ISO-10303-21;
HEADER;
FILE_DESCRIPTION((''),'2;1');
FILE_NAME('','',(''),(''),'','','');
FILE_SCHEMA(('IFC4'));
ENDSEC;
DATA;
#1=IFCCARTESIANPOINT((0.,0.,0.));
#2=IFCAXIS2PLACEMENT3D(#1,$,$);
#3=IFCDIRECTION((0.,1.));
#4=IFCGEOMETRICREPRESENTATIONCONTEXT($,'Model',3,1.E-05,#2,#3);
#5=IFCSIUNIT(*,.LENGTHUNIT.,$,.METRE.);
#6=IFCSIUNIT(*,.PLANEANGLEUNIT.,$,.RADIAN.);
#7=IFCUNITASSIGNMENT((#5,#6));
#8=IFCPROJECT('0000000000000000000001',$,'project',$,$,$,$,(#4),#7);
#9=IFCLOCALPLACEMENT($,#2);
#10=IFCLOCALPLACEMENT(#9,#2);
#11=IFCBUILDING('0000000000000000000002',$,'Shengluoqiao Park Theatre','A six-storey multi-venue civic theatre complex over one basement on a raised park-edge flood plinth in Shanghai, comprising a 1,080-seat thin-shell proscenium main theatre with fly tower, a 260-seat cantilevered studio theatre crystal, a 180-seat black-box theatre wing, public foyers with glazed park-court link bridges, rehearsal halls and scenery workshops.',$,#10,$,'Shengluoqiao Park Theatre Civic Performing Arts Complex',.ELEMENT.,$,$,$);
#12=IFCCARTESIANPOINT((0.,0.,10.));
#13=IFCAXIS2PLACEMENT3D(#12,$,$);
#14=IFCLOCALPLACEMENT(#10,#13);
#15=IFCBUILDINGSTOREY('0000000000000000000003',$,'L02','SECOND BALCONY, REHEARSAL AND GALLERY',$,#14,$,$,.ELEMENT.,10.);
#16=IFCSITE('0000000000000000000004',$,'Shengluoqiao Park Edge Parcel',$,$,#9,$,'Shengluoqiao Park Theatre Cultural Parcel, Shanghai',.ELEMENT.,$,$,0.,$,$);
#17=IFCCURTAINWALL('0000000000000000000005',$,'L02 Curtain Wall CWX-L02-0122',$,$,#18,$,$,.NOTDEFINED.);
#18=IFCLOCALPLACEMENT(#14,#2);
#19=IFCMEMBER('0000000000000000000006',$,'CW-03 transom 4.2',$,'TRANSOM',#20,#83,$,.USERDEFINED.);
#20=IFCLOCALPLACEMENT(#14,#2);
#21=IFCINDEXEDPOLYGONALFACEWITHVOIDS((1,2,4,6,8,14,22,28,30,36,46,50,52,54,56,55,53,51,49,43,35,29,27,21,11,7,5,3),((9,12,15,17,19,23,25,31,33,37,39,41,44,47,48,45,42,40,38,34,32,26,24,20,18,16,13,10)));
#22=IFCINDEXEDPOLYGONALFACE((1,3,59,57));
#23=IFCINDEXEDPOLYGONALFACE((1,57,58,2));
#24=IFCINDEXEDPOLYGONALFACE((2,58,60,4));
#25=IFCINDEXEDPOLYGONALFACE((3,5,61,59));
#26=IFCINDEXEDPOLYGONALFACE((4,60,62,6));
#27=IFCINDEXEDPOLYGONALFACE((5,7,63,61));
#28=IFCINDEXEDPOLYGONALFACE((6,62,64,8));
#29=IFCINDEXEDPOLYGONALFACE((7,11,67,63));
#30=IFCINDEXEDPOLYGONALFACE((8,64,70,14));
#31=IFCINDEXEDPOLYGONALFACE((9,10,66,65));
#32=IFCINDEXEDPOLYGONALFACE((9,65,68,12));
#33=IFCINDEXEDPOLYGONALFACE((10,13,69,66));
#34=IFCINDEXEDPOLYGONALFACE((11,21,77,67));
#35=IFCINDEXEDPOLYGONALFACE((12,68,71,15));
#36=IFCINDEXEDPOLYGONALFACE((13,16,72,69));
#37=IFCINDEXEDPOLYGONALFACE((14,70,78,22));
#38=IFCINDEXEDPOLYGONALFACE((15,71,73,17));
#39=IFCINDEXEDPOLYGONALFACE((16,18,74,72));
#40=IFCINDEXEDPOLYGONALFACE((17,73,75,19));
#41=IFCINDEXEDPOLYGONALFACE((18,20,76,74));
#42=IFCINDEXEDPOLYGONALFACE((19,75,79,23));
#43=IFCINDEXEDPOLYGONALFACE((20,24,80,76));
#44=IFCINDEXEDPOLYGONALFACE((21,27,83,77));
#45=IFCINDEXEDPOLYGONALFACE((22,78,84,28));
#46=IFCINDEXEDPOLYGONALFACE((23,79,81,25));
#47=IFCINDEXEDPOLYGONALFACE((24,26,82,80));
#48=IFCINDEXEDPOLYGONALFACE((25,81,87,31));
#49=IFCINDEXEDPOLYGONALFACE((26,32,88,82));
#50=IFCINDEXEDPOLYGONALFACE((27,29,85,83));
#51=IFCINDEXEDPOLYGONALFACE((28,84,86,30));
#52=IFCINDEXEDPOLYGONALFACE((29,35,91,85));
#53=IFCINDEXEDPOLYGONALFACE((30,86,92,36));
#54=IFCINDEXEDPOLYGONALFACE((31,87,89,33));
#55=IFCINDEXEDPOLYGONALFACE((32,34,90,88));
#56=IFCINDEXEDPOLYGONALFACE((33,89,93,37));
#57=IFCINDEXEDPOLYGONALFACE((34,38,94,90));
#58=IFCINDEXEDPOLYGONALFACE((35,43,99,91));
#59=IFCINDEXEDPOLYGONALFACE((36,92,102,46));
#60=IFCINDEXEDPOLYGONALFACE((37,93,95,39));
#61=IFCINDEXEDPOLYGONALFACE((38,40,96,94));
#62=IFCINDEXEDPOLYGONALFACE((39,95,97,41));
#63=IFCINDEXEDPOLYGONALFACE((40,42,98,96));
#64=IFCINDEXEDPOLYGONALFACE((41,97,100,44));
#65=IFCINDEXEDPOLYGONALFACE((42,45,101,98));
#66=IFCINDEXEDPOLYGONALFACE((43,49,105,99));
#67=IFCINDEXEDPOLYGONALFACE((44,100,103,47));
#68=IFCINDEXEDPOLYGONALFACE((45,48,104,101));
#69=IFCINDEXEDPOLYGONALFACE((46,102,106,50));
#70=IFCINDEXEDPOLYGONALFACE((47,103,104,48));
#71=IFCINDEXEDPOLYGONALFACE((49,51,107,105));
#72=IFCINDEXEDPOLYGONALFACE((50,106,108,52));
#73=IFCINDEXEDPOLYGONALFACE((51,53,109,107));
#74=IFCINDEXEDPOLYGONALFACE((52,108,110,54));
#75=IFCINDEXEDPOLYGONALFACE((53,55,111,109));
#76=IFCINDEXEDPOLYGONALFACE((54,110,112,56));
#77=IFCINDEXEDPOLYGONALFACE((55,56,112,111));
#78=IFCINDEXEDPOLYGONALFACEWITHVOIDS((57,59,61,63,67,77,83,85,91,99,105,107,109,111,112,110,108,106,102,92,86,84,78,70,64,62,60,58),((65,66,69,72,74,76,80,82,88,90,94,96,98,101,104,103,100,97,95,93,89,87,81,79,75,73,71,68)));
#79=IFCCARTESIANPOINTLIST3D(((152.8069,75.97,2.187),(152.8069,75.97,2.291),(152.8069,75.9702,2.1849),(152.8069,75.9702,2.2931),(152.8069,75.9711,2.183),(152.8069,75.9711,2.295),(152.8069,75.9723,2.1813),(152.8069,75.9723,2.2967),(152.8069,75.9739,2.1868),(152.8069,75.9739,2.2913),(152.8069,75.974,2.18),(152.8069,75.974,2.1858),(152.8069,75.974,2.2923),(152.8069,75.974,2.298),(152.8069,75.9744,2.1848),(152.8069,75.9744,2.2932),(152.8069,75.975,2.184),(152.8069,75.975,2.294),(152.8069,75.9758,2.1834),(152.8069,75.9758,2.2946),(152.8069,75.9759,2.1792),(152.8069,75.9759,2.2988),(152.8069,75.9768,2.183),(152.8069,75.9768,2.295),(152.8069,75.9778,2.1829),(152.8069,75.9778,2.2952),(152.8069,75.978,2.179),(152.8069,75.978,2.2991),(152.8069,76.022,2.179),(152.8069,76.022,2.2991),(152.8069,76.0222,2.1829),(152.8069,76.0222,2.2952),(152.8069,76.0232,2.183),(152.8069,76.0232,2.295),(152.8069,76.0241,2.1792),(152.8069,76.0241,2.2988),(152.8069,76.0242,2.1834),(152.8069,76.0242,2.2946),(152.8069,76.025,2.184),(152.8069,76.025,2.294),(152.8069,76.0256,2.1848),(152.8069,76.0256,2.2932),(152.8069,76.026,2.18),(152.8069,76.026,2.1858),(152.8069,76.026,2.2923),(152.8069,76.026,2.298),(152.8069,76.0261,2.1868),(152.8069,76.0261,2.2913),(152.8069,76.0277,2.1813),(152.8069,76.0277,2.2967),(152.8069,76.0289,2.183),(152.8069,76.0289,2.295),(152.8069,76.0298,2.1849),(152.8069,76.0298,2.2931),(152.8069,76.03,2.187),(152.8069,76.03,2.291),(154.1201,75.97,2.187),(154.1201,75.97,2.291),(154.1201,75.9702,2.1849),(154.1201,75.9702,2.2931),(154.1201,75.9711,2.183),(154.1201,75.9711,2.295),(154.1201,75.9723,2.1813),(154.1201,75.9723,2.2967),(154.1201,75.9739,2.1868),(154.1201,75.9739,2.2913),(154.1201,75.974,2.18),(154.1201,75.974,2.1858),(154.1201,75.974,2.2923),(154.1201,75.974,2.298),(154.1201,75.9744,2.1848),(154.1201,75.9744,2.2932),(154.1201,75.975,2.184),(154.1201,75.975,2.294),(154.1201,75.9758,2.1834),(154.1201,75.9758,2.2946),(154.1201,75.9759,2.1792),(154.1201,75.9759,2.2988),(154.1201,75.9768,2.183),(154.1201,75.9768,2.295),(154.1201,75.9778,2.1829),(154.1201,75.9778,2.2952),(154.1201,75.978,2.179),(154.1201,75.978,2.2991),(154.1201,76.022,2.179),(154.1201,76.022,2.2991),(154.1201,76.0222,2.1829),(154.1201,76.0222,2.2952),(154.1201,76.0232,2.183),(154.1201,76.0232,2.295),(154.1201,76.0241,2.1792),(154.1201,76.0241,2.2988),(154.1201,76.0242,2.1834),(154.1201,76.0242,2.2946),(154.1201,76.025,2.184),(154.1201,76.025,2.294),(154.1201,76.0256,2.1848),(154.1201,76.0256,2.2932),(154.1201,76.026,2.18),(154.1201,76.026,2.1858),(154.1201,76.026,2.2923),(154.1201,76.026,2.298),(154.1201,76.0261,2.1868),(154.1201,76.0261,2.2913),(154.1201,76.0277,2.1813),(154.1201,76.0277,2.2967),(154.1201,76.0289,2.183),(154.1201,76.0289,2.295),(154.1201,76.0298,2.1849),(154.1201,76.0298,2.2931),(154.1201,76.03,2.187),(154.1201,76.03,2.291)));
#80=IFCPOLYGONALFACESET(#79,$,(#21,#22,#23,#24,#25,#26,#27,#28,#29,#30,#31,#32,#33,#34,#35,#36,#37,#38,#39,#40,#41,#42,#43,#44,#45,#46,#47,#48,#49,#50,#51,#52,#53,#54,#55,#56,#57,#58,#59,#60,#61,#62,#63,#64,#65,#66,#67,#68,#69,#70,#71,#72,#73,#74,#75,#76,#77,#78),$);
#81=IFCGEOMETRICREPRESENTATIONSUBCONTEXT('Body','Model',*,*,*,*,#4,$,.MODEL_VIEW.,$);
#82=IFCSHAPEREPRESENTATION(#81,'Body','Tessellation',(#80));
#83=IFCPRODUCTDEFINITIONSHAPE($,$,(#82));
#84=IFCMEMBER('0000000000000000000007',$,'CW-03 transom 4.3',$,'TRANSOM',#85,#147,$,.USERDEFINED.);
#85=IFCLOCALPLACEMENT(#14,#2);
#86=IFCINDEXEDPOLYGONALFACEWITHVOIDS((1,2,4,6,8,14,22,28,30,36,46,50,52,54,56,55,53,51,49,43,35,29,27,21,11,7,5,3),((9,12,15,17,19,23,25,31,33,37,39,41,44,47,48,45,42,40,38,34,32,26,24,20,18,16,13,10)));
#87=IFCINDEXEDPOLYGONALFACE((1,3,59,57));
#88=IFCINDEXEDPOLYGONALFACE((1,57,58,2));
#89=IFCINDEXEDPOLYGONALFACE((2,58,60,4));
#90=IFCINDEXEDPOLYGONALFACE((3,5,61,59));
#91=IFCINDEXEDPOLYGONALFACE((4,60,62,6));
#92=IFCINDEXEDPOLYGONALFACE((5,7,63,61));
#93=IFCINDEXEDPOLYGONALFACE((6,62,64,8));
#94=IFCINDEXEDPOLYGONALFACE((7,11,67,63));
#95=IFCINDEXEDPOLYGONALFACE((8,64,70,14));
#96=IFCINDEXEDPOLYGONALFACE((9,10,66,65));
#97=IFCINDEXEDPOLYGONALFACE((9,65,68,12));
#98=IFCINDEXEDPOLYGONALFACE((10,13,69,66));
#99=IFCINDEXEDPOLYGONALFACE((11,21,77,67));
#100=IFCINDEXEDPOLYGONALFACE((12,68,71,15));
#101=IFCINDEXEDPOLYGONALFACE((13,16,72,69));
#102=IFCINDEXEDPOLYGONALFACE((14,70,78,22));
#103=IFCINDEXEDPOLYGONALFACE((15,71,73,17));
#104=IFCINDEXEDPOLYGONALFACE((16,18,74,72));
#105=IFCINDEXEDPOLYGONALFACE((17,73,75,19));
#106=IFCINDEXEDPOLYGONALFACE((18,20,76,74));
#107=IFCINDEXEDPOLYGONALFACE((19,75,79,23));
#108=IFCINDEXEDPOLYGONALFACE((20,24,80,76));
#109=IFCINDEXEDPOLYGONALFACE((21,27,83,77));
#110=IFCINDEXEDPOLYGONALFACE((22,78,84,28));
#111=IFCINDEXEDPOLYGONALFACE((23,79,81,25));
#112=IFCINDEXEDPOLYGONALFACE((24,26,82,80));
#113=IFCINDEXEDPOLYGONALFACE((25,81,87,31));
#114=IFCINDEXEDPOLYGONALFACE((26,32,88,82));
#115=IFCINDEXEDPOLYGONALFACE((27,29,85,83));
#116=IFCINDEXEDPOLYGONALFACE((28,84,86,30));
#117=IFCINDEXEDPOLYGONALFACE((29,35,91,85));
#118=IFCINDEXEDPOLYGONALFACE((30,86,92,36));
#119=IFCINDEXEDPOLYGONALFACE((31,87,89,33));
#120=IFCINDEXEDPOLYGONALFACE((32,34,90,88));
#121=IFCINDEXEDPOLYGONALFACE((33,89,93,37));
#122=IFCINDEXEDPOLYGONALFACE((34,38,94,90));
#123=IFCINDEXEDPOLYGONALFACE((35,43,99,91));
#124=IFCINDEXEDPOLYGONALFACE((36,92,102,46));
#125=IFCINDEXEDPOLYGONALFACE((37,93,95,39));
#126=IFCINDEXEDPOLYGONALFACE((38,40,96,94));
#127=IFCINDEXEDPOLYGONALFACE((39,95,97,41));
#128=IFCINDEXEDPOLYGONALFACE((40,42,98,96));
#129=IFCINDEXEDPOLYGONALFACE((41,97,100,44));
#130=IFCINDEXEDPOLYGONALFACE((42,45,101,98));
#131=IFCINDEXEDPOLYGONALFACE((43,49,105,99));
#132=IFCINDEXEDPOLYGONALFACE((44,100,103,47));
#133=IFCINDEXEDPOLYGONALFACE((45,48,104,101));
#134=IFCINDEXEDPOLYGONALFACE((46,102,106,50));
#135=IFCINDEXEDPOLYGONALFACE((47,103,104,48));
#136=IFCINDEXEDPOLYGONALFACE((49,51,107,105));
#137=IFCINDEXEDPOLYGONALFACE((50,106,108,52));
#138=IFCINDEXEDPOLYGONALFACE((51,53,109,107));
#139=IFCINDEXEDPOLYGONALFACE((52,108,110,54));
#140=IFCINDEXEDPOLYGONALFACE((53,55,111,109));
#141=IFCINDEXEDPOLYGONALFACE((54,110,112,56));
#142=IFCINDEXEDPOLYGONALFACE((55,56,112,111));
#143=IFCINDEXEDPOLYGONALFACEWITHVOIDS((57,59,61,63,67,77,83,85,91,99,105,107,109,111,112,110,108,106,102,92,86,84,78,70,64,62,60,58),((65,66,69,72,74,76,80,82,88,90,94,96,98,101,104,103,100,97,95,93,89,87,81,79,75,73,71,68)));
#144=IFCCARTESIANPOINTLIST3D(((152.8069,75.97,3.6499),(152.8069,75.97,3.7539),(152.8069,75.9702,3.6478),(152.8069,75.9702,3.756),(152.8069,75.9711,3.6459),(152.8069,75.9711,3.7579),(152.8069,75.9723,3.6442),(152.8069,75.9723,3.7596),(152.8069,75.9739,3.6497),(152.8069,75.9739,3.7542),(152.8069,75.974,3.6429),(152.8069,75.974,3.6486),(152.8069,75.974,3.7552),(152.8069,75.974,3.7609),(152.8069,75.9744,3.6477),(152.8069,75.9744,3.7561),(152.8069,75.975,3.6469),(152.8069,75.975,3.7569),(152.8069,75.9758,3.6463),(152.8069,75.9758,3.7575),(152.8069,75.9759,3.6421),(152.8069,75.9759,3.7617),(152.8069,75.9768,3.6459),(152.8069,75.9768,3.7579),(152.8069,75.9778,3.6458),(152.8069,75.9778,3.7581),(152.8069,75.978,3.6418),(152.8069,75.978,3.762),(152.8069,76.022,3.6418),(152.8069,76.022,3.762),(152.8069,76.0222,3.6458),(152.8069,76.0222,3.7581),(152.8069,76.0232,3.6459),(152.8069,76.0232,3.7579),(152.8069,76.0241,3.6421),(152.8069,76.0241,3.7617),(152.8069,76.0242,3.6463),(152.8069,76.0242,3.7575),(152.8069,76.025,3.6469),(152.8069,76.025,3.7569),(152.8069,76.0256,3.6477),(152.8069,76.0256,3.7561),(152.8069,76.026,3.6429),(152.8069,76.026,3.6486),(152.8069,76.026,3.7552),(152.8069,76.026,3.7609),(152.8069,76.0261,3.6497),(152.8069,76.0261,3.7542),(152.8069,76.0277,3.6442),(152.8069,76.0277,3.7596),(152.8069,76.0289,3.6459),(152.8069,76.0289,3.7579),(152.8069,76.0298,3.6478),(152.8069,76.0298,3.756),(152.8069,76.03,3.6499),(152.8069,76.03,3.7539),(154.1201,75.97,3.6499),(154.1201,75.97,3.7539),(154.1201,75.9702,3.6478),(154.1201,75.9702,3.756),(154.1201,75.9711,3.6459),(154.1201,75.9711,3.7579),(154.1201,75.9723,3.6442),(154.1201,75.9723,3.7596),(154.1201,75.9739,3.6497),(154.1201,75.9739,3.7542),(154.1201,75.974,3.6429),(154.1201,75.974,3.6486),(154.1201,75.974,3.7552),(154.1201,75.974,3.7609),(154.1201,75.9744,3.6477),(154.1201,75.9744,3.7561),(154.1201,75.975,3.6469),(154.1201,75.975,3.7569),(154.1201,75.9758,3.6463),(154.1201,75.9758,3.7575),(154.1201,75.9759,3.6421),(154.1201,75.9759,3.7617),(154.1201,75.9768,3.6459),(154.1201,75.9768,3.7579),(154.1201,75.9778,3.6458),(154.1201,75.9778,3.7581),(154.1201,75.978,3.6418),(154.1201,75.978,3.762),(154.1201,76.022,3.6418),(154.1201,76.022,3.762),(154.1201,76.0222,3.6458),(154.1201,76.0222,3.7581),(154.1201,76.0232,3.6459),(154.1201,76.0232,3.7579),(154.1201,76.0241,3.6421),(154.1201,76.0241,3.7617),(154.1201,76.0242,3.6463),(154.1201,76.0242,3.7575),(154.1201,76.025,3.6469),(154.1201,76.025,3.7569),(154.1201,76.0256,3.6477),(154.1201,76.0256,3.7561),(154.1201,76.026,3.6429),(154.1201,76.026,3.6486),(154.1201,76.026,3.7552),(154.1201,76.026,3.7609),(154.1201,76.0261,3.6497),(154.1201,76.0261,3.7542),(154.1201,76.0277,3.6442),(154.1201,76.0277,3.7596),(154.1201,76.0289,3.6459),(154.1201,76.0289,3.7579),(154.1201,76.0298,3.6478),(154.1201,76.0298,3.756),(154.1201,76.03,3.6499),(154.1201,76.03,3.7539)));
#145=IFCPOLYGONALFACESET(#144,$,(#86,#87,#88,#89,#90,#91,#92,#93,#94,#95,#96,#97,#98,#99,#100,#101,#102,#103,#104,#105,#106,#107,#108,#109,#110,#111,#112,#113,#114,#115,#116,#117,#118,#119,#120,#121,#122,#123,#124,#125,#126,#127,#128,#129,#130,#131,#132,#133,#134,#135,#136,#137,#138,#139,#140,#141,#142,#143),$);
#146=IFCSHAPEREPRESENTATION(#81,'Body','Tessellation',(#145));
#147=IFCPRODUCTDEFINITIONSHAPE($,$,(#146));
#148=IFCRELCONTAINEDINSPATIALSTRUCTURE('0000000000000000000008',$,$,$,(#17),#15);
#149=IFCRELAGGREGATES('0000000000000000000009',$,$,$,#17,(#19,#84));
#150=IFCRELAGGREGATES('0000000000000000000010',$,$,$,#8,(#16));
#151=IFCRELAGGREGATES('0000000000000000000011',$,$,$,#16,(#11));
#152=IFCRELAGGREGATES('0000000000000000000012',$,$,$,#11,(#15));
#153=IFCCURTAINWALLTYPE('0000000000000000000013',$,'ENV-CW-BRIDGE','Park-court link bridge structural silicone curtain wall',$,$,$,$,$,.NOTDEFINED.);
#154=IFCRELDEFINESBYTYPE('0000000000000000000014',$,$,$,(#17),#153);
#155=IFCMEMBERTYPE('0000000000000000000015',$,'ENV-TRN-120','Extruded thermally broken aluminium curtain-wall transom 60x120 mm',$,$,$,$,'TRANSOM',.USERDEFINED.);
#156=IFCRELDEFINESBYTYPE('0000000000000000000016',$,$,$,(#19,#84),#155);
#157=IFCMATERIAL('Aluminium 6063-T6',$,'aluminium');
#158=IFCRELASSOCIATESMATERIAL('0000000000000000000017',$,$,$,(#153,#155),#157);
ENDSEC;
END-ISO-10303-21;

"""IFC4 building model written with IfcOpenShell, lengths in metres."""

from ifc_helpers import new_model, si_unit, direction, frame, origin, origin_2d, place, context, subcontext, project, spatial, hollow_rectangle, extrude, material, material_profile, profile_set, type_object, element, aggregate, save


model = new_model("IFC4")

# Units and contexts
model_context = context("Model", 3, precision=1e-05, world=origin(), true_north=direction((0.0, 1.0)))
body_context = subcontext(model_context, "Body", "Model", "MODEL_VIEW")
ifc_project = project(units=[si_unit("LENGTHUNIT", "METRE"), si_unit("PLANEANGLEUNIT", "RADIAN")], contexts=[model_context])

# Site, building, storey
site_placement = place(None, origin())
site = spatial("IfcSite", under=ifc_project, at=site_placement, Name="Shengluoqiao Park Edge Parcel", LongName="Shengluoqiao Park Theatre Cultural Parcel, Shanghai", CompositionType="ELEMENT", RefElevation=0.0)
building_placement = place(site_placement, origin())
building = spatial("IfcBuilding", under=site, at=building_placement, Name="Shengluoqiao Park Theatre", Description="A six-storey multi-venue civic theatre complex over one basement on a raised park-edge flood plinth in Shanghai, comprising a 1,080-seat thin-shell proscenium main theatre with fly tower, a 260-seat cantilevered studio theatre crystal, a 180-seat black-box theatre wing, public foyers with glazed park-court link bridges, rehearsal halls and scenery workshops.", LongName="Shengluoqiao Park Theatre Civic Performing Arts Complex", CompositionType="ELEMENT")
storey_placement = place(building_placement, frame((0.0, 0.0, 10.0)))
storey = spatial("IfcBuildingStorey", under=building, at=storey_placement, Name="L02", Description="SECOND BALCONY, REHEARSAL AND GALLERY", CompositionType="ELEMENT", Elevation=10.0)

# Curtain wall, members
ifc_material_1 = material(Name="Aluminium 6063-T6", Category="aluminium")
curtain_wall_type = type_object("IfcCurtainWallType", Name="ENV-CW-BRIDGE", Description="Park-court link bridge structural silicone curtain wall", PredefinedType="NOTDEFINED", material=ifc_material_1)
curtain_wall_placement = place(storey_placement, origin())
curtain_wall = element("IfcCurtainWall", 1, at=curtain_wall_placement, inside=storey, type_object=curtain_wall_type, Name="L02 Curtain Wall CWX-L02-0122", PredefinedType="NOTDEFINED")
ifc_material_profile_1 = material_profile(ifc_material_1, hollow_rectangle(XDim=0.0601, YDim=0.1201, WallThickness=0.0039, InnerFilletRadius=0.0039, OuterFilletRadius=0.0081, at=origin_2d()), Name="ALU TRANSOM 120x60x4")
ifc_profile_set_1 = profile_set([ifc_material_profile_1], Name="Aluminium 6063-T6")
member_type_1 = type_object("IfcMemberType", Name="ENV-TRN-120", Description="Extruded thermally broken aluminium curtain-wall transom 60x120 mm", ElementType="TRANSOM", PredefinedType="USERDEFINED", material=ifc_profile_set_1)
member_1_placement = place(storey_placement, frame((152.8069, 76.0, 2.239), z_axis=(1.0, 0.0, 0.0), x_axis=(0.0, 1.0, 0.0)))
member_1 = element("IfcMember", 2, at=member_1_placement, type_object=member_type_1, Name="CW-03 transom 4.2", ObjectType="TRANSOM", PredefinedType="USERDEFINED", context=body_context, shape_type="SweptSolid", body=[
    extrude(hollow_rectangle(XDim=0.0601, YDim=0.1201, WallThickness=0.0039, InnerFilletRadius=0.0039, OuterFilletRadius=0.0081, at=origin_2d()), origin(), (0.0, 0.0, 1.0), 1.3132),
])
member_2_placement = place(storey_placement, frame((152.8069, 76.0, 3.7019), z_axis=(1.0, 0.0, 0.0), x_axis=(0.0, 1.0, 0.0)))
member_2 = element("IfcMember", 3, at=member_2_placement, type_object=member_type_1, Name="CW-03 transom 4.3", ObjectType="TRANSOM", PredefinedType="USERDEFINED", context=body_context, shape_type="SweptSolid", body=[
    extrude(hollow_rectangle(XDim=0.0601, YDim=0.1201, WallThickness=0.0039, InnerFilletRadius=0.0039, OuterFilletRadius=0.0081, at=origin_2d()), origin(), (0.0, 0.0, 1.0), 1.3132),
])
aggregate(curtain_wall, [member_1, member_2])

save(model, "model.ifc")
